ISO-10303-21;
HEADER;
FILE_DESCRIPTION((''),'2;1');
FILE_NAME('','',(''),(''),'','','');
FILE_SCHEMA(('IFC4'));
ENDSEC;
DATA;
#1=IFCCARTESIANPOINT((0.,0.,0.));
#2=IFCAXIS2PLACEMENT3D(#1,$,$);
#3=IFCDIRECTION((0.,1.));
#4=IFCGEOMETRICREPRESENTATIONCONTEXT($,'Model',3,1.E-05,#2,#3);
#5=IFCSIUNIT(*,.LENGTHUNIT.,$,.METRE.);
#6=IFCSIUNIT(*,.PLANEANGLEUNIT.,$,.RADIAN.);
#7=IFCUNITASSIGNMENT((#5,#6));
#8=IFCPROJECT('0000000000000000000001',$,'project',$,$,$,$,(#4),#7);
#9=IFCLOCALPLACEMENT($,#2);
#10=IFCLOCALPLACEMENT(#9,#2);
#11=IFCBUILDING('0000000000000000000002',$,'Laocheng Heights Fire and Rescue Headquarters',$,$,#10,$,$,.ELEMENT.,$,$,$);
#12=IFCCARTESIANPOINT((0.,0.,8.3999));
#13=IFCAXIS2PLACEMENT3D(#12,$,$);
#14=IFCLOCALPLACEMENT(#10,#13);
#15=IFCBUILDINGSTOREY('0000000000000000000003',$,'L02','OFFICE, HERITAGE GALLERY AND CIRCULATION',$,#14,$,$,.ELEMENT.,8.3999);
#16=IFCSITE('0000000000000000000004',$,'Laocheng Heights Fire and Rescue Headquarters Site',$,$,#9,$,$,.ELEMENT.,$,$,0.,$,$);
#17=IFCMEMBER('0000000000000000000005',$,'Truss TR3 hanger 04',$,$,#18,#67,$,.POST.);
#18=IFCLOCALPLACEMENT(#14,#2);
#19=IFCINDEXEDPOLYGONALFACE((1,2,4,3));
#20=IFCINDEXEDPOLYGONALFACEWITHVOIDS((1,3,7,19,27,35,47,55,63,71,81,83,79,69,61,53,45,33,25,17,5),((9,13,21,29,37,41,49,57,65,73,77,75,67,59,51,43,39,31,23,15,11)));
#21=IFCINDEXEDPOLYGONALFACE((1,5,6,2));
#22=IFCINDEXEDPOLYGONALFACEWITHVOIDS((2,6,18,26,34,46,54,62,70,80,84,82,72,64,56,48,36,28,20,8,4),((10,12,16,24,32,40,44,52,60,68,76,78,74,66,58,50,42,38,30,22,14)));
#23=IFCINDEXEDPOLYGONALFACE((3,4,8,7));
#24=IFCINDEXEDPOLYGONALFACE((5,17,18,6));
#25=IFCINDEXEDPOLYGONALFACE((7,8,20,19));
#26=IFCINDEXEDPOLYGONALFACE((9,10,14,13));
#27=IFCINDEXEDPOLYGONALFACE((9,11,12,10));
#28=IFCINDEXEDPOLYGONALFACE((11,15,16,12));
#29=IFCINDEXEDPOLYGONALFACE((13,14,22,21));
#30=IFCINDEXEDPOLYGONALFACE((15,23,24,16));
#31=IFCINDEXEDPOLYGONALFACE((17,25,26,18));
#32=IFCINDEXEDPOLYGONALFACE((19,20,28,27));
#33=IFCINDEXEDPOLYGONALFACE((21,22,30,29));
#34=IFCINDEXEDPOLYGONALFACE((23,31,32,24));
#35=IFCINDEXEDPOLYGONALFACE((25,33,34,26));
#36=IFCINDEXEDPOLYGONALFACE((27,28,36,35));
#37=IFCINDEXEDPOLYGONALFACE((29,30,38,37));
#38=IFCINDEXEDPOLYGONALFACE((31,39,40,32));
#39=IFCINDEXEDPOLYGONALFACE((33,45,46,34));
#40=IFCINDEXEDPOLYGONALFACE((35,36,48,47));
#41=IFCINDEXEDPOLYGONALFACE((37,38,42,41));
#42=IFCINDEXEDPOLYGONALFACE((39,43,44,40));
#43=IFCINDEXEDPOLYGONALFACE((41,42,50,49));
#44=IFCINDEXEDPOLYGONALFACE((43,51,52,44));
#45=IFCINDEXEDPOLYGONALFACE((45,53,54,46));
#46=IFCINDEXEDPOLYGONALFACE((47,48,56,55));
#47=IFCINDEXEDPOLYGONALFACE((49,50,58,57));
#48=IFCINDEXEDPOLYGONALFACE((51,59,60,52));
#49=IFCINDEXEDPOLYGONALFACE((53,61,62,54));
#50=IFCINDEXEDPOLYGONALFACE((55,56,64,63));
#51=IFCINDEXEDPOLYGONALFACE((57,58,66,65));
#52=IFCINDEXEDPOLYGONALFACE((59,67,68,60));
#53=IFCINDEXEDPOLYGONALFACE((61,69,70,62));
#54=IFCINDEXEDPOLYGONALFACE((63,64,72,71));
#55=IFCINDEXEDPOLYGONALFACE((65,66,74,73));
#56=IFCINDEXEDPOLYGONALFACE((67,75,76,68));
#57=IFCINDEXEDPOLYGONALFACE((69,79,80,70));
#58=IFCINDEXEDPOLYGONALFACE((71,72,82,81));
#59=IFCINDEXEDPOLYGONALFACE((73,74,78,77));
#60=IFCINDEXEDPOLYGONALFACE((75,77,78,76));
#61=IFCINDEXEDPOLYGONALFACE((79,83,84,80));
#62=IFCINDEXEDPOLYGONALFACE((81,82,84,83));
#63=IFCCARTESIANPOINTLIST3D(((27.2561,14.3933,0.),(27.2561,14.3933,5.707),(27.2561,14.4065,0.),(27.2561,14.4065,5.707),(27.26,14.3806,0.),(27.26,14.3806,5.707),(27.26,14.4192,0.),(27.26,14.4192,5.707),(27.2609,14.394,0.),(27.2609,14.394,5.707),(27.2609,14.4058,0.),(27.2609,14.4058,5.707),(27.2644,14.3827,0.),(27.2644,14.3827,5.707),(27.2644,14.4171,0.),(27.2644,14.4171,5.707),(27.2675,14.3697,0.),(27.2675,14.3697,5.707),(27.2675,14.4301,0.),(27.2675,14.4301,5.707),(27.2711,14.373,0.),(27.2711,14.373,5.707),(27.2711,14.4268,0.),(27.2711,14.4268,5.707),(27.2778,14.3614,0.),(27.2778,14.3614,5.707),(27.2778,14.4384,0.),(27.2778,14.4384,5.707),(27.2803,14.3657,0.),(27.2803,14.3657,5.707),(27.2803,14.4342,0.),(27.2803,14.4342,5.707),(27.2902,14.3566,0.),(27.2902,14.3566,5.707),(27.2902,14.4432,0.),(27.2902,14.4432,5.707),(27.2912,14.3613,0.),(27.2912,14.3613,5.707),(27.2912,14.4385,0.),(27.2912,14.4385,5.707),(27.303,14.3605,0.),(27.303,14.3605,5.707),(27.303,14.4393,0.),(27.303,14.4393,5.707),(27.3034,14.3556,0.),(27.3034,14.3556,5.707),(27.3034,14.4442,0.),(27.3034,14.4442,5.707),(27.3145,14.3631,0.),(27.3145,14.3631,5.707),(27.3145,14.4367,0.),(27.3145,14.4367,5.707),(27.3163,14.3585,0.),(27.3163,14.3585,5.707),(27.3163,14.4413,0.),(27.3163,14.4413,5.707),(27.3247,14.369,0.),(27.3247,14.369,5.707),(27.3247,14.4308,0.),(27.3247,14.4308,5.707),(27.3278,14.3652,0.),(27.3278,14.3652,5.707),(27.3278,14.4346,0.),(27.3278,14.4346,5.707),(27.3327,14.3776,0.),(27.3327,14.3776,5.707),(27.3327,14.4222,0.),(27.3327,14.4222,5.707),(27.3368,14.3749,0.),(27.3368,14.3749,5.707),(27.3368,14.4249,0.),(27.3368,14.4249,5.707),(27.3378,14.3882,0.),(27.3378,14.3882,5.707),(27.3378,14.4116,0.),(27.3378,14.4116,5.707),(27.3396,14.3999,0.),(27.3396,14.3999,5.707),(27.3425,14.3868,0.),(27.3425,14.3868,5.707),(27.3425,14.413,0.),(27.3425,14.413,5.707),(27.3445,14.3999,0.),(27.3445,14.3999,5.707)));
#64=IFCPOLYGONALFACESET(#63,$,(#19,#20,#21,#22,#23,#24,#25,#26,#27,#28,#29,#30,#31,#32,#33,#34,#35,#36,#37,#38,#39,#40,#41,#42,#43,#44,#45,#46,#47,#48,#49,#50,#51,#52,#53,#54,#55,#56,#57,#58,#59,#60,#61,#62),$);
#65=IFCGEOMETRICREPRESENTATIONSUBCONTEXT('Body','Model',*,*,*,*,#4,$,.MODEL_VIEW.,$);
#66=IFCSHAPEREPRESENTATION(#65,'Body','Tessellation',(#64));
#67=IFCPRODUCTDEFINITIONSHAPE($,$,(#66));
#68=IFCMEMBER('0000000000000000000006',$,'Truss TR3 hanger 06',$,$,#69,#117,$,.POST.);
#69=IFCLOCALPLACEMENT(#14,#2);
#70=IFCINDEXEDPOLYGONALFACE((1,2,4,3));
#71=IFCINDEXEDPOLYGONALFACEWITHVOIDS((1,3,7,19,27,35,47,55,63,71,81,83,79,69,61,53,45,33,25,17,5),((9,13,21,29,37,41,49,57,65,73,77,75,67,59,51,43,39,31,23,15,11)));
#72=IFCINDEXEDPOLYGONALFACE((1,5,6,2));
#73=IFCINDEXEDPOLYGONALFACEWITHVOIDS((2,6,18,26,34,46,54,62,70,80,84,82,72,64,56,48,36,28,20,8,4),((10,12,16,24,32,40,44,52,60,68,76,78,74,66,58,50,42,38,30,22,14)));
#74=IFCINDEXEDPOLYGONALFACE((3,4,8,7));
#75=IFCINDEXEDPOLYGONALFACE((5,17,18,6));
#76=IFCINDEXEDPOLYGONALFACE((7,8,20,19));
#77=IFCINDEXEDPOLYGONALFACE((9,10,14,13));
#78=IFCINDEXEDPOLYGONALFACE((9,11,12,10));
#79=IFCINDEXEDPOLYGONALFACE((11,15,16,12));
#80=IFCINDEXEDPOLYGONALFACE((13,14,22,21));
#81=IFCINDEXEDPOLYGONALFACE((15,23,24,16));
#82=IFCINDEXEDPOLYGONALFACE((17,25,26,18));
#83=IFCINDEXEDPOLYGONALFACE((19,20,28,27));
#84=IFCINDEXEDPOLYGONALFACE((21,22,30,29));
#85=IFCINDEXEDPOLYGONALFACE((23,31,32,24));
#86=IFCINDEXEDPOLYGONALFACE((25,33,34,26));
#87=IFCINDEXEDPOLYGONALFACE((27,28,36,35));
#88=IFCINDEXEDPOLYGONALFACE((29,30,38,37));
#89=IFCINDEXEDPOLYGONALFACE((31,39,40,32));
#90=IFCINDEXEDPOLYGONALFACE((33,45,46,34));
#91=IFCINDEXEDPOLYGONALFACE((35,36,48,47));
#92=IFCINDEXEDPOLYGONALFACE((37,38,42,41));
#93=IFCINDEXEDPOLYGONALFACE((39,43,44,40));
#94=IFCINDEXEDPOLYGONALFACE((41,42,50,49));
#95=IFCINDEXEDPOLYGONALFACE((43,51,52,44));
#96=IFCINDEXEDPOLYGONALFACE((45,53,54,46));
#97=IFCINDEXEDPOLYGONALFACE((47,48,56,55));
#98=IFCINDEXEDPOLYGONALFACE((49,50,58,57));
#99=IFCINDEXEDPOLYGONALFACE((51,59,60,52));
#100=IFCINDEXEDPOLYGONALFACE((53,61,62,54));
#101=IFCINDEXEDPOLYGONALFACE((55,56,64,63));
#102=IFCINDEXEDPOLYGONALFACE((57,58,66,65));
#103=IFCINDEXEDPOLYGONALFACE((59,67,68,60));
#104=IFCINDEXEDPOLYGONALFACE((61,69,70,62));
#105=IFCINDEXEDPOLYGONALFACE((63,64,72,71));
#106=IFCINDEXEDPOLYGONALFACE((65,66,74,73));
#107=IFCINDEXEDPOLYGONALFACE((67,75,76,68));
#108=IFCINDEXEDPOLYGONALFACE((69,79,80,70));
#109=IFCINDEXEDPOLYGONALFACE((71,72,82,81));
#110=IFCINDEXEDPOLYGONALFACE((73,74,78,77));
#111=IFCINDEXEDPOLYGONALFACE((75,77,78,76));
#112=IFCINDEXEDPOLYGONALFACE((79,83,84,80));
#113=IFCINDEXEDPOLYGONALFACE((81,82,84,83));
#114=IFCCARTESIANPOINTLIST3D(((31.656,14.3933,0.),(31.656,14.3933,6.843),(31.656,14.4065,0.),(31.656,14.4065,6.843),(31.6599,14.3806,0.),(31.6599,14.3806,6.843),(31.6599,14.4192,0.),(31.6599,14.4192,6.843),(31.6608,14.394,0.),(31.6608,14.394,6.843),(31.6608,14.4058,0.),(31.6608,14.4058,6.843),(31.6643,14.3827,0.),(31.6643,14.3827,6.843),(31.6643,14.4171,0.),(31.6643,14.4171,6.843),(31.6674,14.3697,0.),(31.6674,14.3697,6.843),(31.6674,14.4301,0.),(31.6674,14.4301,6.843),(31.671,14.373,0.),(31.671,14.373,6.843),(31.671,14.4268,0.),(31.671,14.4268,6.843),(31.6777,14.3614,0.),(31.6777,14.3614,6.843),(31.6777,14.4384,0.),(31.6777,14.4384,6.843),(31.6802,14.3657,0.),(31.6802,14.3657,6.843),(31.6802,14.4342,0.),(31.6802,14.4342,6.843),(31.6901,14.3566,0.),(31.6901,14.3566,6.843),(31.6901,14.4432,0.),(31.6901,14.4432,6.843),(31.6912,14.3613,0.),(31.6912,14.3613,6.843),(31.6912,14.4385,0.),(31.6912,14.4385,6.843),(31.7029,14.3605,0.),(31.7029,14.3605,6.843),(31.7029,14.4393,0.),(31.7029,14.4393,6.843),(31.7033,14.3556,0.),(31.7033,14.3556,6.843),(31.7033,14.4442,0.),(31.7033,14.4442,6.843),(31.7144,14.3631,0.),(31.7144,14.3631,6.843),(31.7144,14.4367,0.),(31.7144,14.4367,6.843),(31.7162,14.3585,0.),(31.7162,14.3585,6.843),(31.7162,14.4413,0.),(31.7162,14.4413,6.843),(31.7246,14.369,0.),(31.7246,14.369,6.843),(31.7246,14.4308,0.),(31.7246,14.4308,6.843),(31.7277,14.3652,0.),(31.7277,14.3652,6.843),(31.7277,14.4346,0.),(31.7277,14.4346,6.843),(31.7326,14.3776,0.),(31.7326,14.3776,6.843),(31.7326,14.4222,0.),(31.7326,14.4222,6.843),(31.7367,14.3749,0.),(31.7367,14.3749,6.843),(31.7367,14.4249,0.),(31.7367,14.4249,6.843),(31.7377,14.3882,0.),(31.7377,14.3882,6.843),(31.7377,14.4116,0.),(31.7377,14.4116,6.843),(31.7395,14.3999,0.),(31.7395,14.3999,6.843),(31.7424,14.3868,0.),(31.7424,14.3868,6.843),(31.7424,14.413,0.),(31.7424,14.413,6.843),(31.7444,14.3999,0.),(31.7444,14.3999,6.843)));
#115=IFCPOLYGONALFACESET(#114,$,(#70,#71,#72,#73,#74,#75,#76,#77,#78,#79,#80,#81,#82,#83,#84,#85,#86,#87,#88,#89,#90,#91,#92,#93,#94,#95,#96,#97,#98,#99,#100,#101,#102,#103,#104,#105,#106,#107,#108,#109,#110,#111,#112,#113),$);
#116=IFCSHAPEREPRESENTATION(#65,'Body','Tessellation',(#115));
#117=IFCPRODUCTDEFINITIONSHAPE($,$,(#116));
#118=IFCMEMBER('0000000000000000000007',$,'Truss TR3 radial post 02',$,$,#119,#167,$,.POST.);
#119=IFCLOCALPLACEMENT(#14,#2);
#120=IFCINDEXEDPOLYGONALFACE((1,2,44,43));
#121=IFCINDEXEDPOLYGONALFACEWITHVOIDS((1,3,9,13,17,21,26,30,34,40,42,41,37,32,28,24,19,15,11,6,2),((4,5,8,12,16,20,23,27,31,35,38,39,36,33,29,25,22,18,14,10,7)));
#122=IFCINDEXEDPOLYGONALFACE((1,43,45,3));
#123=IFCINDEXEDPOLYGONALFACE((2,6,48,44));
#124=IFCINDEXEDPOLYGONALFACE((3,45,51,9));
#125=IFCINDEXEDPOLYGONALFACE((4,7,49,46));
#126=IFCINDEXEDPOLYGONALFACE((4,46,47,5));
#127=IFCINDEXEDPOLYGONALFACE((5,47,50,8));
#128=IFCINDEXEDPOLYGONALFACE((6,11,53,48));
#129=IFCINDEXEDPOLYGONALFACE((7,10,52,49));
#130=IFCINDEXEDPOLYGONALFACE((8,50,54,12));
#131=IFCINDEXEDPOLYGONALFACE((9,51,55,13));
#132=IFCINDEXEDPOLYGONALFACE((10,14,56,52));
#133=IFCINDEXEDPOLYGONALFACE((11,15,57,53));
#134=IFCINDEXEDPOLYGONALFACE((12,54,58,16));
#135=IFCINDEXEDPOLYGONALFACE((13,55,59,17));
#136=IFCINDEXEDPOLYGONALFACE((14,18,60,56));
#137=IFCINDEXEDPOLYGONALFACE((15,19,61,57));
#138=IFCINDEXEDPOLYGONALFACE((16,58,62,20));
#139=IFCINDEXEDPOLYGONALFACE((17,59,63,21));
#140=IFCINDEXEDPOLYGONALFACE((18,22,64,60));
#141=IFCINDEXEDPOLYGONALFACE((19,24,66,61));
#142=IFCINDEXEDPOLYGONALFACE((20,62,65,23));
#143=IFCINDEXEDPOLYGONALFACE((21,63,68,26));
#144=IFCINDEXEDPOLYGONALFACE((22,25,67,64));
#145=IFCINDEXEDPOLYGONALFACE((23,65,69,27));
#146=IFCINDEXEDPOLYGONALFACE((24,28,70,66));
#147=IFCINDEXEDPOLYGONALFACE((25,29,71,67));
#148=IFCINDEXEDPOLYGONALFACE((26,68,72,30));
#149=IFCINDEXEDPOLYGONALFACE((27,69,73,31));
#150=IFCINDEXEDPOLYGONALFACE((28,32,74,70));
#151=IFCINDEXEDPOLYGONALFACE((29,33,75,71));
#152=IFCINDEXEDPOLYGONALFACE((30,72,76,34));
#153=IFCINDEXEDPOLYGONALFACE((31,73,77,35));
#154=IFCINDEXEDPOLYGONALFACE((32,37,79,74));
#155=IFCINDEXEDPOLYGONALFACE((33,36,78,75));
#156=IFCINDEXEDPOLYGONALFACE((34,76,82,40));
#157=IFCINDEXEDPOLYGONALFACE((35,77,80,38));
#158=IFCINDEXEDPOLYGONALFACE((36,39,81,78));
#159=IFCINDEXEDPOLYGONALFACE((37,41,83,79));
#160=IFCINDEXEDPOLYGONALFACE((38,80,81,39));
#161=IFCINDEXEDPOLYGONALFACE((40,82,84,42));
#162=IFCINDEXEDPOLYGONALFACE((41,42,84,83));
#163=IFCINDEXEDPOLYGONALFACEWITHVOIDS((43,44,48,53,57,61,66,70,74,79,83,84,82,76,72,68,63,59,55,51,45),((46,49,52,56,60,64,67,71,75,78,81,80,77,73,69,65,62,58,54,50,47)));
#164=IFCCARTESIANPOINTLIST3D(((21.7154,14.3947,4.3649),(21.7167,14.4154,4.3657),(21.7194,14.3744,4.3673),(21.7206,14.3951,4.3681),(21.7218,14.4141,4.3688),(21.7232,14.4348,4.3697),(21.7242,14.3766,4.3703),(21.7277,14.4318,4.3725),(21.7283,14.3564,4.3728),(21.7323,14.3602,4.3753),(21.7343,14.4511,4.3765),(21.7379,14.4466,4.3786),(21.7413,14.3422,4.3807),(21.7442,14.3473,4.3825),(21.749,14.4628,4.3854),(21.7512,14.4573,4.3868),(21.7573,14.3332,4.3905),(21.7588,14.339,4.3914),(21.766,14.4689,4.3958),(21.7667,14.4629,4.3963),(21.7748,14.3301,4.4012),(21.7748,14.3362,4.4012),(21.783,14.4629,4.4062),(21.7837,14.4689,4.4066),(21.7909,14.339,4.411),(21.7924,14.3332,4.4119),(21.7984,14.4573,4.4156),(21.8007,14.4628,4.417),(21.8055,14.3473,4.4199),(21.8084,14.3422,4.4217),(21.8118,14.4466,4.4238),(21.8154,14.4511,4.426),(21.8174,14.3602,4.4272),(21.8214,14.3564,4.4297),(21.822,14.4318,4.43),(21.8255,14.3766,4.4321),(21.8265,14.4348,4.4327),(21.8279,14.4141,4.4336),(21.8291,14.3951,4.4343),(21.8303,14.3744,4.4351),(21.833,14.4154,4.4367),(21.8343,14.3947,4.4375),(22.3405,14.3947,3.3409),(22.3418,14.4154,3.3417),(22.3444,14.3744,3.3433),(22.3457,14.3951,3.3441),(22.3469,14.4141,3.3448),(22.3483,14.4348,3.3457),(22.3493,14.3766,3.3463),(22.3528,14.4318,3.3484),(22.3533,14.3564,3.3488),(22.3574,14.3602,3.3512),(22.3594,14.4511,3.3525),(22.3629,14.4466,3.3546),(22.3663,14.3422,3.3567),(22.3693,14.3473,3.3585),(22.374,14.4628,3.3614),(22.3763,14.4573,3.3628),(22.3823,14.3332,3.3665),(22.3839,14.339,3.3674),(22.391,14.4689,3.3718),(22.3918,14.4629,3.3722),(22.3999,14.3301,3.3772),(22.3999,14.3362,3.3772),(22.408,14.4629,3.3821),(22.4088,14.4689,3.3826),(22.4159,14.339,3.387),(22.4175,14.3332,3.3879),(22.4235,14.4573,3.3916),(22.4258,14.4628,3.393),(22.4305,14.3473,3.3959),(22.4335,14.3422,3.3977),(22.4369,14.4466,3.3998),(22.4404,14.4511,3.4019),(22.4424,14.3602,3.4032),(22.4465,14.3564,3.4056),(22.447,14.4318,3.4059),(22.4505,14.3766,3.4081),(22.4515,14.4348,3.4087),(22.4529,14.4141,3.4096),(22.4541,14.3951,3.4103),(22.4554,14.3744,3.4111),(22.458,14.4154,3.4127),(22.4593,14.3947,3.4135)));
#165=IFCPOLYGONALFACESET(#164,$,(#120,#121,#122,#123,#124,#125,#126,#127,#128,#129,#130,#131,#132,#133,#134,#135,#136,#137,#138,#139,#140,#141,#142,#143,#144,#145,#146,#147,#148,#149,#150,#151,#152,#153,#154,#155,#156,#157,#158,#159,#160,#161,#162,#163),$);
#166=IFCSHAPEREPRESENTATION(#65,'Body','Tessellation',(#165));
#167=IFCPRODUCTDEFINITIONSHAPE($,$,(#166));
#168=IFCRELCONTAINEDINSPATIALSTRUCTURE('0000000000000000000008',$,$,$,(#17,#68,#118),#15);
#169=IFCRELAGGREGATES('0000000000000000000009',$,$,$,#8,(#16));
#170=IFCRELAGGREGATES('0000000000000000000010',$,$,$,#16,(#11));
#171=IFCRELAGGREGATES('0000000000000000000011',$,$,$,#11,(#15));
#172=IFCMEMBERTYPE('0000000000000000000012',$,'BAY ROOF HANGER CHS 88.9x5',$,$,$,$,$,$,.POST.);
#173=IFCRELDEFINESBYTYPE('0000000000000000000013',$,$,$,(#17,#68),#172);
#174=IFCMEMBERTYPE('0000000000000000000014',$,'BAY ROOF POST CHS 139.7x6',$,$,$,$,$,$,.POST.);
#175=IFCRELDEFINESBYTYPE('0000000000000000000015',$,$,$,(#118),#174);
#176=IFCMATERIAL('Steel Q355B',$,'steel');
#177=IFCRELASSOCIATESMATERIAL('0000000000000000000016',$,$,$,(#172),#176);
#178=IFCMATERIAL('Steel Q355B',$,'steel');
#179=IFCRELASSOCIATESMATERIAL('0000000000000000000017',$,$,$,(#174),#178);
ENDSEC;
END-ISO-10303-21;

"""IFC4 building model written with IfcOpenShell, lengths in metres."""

from ifc_helpers import new_model, si_unit, direction, frame, origin, origin_2d, place, context, subcontext, project, spatial, hollow_circle, extrude, material, material_profile, profile_set, type_object, element, save


model = new_model("IFC4")

# Units and contexts
model_context = context("Model", 3, precision=1e-05, world=origin(), true_north=direction((0.0, 1.0)))
body_context = subcontext(model_context, "Body", "Model", "MODEL_VIEW")
ifc_project = project(units=[si_unit("LENGTHUNIT", "METRE"), si_unit("PLANEANGLEUNIT", "RADIAN")], contexts=[model_context])

# Site, building, storey
site_placement = place(None, origin())
site = spatial("IfcSite", under=ifc_project, at=site_placement, Name="Laocheng Heights Fire and Rescue Headquarters Site", CompositionType="ELEMENT", RefElevation=0.0)
building_placement = place(site_placement, origin())
building = spatial("IfcBuilding", under=site, at=building_placement, Name="Laocheng Heights Fire and Rescue Headquarters", CompositionType="ELEMENT")
storey_placement = place(building_placement, frame((0.0, 0.0, 8.3999)))
storey = spatial("IfcBuildingStorey", under=building, at=storey_placement, Name="L02", Description="OFFICE, HERITAGE GALLERY AND CIRCULATION", CompositionType="ELEMENT", Elevation=8.3999)

# Members
ifc_material_1 = material(Name="Steel Q355B", Category="steel")
ifc_material_profile_1 = material_profile(ifc_material_1, hollow_circle(Radius=0.0444, WallThickness=0.0049, at=origin_2d()), Name="CHS 88.9x5")
ifc_profile_set_1 = profile_set([ifc_material_profile_1], Name="Steel Q355B")
member_type_1 = type_object("IfcMemberType", Name="BAY ROOF HANGER CHS 88.9x5", PredefinedType="POST", material=ifc_profile_set_1)
member_1_placement = place(storey_placement, frame((27.3, 14.3999, 0.0), z_axis=(0.0, 0.0, 1.0), x_axis=(1.0, 0.0, 0.0)))
element("IfcMember", 1, at=member_1_placement, inside=storey, type_object=member_type_1, Name="Truss TR3 hanger 04", PredefinedType="POST", context=body_context, shape_type="SweptSolid", body=[
    extrude(hollow_circle(Radius=0.0444, WallThickness=0.0049, at=origin_2d()), origin(), (0.0, 0.0, 1.0), 5.707),
])
member_2_placement = place(storey_placement, frame((31.7, 14.3999, 0.0), z_axis=(0.0, 0.0, 1.0), x_axis=(1.0, 0.0, 0.0)))
element("IfcMember", 2, at=member_2_placement, inside=storey, type_object=member_type_1, Name="Truss TR3 hanger 06", PredefinedType="POST", context=body_context, shape_type="SweptSolid", body=[
    extrude(hollow_circle(Radius=0.0444, WallThickness=0.0049, at=origin_2d()), origin(), (0.0, 0.0, 1.0), 6.843),
])
ifc_material_2 = material(Name="Steel Q355B", Category="steel")
ifc_material_profile_2 = material_profile(ifc_material_2, hollow_circle(Radius=0.0698, WallThickness=0.0061, at=origin_2d()), Name="CHS 139.7x6")
ifc_profile_set_2 = profile_set([ifc_material_profile_2], Name="Steel Q355B")
member_type_2 = type_object("IfcMemberType", Name="BAY ROOF POST CHS 139.7x6", PredefinedType="POST", material=ifc_profile_set_2)
for number, where, z_axis, x_axis, name in (
    (3, (22.3999, 14.3999, 3.3772), (-0.521005, 0.0, 0.853553), (0.0, -1.0, 0.0), "Truss TR3 radial post 02"),
):
    element("IfcMember", number, at=place(storey_placement, frame(where, z_axis=z_axis, x_axis=x_axis)), inside=storey, type_object=member_type_2, Name=name, PredefinedType="POST", context=body_context, shape_type="SweptSolid", body=[
        extrude(hollow_circle(Radius=0.0698, WallThickness=0.0061, at=origin_2d()), origin(), (0.0, 0.0, 1.0), 1.1997),
    ])

save(model, "model.ifc")
